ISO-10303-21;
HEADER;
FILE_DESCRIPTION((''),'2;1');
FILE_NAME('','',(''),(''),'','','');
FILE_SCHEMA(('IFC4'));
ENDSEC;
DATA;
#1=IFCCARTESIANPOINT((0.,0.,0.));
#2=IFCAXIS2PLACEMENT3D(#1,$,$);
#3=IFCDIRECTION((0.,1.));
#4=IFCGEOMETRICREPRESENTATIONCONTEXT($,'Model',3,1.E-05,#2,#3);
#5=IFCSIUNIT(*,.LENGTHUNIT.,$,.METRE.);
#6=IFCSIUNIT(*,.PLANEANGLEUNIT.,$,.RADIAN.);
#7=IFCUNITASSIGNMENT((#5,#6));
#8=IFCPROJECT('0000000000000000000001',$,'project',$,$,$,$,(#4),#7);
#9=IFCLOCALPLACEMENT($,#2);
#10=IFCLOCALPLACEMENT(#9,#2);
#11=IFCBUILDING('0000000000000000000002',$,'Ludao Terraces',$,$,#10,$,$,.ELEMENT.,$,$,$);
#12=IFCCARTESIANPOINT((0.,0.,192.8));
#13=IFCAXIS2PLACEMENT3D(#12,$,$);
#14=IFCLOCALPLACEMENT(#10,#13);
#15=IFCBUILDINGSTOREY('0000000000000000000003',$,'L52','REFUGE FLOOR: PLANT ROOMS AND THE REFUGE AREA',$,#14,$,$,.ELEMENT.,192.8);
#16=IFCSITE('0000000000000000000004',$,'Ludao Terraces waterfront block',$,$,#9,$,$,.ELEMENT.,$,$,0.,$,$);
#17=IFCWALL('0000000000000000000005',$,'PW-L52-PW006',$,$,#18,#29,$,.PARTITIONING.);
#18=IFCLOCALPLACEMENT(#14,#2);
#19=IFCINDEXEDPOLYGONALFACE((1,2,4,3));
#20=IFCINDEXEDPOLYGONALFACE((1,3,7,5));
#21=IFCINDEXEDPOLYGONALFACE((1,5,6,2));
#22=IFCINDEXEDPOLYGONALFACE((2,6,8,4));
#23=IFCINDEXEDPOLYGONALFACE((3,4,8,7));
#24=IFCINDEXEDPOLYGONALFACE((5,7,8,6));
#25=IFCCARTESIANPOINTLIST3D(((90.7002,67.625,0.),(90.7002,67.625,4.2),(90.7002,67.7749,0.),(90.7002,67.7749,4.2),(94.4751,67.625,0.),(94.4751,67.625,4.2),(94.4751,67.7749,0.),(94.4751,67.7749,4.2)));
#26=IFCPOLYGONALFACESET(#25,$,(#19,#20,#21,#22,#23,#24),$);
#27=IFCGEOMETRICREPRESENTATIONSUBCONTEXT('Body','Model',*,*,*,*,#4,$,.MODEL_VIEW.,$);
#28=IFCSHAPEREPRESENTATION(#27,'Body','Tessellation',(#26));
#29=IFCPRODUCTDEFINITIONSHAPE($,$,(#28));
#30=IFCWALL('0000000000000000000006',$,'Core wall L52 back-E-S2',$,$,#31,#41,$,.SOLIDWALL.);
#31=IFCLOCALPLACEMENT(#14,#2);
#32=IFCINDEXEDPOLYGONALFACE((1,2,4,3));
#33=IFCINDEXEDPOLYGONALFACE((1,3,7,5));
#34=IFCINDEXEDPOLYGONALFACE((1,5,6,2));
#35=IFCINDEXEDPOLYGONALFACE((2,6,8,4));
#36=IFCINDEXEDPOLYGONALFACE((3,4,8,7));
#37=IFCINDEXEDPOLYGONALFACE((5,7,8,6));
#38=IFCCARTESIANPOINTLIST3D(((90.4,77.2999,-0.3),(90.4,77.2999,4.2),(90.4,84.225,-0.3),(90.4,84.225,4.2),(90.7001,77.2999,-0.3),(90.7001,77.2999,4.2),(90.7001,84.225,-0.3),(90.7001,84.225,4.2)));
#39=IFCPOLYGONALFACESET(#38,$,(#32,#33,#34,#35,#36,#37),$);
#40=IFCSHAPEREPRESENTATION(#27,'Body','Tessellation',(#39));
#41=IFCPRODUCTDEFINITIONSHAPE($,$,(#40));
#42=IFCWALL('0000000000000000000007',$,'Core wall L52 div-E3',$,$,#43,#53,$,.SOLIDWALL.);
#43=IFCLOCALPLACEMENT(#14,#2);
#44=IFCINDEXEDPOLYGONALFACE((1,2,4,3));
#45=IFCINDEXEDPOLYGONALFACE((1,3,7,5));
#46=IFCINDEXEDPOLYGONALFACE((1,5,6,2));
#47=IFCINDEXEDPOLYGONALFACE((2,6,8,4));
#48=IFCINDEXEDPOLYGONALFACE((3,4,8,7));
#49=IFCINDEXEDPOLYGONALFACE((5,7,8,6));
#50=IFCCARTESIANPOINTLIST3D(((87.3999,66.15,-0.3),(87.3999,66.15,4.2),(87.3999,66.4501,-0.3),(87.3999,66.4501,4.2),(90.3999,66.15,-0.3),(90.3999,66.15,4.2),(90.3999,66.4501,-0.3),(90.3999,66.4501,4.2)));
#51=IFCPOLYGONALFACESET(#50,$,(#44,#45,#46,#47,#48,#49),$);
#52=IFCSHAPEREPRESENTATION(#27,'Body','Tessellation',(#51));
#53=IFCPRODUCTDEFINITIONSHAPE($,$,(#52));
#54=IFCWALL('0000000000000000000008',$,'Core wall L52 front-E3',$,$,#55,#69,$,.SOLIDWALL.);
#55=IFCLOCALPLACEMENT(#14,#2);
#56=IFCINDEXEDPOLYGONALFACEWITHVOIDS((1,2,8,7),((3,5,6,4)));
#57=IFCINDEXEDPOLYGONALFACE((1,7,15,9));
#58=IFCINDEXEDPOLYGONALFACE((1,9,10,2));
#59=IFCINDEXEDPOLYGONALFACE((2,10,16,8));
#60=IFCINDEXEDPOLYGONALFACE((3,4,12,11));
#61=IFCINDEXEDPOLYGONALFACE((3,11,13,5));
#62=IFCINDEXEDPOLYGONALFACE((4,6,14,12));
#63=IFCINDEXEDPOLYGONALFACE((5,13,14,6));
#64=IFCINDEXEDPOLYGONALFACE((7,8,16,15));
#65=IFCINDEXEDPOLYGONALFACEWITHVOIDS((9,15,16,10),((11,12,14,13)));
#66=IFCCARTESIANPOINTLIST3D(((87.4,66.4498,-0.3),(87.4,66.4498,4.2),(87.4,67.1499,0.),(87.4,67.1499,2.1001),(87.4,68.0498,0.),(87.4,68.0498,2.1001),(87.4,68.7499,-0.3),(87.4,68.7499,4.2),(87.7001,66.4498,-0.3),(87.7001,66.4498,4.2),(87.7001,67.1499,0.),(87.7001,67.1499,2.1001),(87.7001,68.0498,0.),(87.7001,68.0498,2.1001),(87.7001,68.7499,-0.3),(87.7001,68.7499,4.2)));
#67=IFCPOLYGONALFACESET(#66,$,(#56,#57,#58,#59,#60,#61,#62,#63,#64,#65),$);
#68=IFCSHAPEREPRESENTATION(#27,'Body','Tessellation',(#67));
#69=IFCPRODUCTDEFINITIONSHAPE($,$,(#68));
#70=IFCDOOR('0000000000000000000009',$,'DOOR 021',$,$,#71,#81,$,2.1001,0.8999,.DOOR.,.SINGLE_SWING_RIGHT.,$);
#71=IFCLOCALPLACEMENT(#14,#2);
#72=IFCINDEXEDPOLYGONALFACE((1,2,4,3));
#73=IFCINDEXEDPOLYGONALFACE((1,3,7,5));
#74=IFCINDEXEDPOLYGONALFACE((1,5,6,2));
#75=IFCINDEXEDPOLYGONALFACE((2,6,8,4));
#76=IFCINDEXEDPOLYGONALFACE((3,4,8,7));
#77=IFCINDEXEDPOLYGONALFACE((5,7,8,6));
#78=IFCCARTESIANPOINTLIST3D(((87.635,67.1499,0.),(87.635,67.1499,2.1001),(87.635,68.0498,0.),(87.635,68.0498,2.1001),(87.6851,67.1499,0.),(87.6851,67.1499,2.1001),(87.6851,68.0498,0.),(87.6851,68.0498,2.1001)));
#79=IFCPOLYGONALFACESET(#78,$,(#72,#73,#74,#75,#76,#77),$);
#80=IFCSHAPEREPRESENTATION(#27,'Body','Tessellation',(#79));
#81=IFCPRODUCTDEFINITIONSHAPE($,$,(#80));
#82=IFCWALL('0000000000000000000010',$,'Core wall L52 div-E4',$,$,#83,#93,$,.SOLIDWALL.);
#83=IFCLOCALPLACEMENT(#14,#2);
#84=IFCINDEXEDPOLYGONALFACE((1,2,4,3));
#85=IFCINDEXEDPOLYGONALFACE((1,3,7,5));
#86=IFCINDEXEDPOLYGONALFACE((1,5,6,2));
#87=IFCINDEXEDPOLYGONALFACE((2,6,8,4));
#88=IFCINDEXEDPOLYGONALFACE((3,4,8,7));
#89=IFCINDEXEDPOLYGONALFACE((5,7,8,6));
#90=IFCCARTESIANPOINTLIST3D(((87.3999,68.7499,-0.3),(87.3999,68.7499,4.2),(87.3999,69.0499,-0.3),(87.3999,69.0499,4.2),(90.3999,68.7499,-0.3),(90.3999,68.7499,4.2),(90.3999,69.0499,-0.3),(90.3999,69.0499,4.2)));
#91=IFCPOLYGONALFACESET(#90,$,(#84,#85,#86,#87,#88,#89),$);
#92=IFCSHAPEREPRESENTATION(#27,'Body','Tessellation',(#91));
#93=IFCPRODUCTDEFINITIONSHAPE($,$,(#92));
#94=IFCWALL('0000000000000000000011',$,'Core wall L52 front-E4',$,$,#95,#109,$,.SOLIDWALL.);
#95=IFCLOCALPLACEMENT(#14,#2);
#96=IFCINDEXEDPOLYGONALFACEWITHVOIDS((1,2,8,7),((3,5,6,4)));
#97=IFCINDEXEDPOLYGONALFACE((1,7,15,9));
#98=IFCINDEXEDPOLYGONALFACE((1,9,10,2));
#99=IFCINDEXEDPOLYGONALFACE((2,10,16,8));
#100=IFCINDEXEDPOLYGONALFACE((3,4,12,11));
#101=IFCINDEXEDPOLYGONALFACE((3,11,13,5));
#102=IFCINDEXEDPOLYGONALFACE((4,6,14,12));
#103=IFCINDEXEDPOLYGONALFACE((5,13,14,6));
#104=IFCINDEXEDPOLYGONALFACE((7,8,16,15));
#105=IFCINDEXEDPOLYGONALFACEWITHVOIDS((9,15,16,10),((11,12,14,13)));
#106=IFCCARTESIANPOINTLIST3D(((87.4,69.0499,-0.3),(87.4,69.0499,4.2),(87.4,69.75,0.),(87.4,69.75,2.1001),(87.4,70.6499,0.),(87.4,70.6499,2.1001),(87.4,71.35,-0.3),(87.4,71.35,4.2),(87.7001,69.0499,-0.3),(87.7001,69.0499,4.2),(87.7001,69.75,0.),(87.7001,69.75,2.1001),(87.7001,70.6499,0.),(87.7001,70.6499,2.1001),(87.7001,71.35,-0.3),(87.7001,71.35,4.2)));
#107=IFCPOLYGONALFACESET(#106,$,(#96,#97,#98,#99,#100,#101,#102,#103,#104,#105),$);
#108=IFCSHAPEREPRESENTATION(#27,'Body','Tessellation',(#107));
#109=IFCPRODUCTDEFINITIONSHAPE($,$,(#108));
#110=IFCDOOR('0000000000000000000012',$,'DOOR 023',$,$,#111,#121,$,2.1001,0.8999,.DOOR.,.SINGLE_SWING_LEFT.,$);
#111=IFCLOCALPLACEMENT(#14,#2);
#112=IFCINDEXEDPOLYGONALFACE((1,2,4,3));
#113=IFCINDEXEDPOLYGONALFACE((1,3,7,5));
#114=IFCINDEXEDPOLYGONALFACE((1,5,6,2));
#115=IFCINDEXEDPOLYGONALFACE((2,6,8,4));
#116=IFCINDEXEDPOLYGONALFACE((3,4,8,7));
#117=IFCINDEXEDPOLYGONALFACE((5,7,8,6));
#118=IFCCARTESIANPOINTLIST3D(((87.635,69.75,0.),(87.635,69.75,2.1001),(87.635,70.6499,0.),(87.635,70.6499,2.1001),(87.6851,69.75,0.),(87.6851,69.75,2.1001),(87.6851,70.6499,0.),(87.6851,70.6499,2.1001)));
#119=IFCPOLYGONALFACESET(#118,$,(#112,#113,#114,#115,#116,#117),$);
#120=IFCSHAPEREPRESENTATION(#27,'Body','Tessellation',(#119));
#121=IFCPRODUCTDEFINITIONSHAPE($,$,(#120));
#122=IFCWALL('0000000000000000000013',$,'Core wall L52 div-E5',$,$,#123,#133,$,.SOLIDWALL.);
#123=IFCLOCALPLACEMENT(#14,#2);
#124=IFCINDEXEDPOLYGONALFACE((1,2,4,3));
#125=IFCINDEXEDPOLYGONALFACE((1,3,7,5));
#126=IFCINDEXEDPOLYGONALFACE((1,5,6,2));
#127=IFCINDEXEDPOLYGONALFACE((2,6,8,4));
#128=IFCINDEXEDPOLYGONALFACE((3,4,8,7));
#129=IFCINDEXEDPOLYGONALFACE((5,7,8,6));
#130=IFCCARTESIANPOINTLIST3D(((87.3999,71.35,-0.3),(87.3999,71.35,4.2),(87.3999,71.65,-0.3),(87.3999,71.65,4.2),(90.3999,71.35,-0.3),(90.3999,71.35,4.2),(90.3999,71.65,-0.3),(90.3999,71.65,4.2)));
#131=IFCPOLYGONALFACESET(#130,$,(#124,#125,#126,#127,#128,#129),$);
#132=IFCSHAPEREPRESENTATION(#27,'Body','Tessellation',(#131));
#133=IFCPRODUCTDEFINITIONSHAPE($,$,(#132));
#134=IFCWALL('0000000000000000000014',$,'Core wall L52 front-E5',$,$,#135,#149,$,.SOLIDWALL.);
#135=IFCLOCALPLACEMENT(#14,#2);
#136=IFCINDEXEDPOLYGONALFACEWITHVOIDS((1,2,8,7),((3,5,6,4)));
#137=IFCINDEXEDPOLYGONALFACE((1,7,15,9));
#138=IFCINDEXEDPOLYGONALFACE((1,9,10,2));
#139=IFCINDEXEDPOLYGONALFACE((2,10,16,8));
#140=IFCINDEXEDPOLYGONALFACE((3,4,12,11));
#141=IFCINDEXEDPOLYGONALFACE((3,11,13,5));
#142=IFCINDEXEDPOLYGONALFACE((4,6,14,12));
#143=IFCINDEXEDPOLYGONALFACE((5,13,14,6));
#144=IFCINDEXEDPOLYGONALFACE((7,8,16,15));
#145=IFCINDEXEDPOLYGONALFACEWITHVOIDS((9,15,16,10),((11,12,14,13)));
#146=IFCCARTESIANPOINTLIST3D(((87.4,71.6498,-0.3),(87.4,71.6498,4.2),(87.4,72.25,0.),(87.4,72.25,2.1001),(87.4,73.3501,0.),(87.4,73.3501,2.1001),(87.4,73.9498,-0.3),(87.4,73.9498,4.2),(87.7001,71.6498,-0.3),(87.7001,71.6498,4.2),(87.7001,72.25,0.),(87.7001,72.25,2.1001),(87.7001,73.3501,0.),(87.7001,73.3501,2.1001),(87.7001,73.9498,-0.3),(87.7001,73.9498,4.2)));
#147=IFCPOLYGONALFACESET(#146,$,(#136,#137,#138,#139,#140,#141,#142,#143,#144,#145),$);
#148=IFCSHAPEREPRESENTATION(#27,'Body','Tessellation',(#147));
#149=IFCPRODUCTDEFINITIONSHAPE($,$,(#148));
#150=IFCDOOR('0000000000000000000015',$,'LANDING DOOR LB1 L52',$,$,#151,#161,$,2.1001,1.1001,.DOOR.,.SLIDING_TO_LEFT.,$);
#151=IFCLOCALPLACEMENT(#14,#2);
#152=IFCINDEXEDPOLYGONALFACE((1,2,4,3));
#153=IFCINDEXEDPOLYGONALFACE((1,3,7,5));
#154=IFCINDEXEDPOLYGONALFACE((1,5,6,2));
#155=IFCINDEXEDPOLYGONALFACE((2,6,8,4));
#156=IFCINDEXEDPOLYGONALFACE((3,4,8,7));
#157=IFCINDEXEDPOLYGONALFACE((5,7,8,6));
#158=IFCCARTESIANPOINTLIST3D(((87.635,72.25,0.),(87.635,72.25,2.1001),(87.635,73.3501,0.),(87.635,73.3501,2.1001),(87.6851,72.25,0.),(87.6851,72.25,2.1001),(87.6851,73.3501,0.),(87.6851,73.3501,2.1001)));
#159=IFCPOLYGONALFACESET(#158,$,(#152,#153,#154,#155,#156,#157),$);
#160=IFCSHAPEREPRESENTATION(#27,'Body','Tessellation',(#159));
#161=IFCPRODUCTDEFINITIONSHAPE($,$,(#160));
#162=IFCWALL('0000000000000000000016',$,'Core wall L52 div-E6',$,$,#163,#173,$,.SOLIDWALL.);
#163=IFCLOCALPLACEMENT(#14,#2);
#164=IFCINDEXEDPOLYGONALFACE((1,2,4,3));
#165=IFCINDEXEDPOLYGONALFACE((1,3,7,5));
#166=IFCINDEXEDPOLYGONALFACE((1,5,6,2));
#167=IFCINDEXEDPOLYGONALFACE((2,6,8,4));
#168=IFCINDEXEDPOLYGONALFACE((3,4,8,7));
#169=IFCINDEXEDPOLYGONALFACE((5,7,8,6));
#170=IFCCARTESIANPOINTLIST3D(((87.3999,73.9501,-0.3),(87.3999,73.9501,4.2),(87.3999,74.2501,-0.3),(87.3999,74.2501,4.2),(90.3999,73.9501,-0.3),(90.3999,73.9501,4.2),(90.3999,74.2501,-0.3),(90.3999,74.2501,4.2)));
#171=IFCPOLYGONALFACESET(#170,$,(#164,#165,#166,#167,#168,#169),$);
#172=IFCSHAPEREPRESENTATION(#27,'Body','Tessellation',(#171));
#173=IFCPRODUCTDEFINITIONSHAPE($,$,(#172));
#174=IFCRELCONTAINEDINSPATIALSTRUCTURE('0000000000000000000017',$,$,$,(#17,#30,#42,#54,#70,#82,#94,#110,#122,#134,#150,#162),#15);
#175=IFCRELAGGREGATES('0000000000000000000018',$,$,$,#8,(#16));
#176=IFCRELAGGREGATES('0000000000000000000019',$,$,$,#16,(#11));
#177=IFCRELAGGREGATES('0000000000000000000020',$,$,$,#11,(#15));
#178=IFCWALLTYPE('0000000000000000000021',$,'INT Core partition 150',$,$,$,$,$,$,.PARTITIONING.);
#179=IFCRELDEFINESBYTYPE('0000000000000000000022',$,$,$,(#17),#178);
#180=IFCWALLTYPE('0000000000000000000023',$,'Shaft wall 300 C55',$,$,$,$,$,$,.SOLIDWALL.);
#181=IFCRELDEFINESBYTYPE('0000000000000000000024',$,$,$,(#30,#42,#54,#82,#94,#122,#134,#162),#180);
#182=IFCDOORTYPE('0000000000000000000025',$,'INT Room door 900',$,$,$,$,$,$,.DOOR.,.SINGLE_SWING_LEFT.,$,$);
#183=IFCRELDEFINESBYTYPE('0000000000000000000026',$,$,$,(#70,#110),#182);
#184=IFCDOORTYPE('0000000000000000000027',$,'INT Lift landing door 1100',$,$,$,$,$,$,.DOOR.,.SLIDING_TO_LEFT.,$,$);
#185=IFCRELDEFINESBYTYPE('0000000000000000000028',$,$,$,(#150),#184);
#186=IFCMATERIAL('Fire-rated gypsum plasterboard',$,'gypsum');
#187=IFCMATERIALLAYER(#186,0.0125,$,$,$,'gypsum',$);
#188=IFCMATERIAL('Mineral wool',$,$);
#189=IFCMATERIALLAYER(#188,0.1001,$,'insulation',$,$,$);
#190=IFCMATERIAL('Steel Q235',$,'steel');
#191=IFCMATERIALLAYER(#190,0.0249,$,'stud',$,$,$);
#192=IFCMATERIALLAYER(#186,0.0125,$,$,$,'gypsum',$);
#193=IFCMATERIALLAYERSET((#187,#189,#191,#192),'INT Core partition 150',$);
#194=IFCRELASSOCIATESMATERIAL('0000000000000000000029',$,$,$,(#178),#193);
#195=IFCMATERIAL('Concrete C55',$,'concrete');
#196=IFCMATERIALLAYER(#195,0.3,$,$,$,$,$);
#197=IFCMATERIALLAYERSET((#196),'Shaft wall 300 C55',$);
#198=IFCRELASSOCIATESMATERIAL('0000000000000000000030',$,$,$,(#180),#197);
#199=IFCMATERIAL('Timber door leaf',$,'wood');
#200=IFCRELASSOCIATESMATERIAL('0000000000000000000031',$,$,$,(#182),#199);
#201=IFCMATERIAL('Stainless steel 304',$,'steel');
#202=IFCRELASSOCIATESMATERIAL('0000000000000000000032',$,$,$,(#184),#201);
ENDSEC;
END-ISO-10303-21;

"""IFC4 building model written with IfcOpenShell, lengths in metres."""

from ifc_helpers import new_model, si_unit, direction, frame, frame_2d, origin, place, context, subcontext, project, spatial, rectangle, extrude, material, layer, layer_set, type_object, element, fill, save


model = new_model("IFC4")

# Units and contexts
model_context = context("Model", 3, precision=1e-05, world=origin(), true_north=direction((0.0, 1.0)))
body_context = subcontext(model_context, "Body", "Model", "MODEL_VIEW")
ifc_project = project(units=[si_unit("LENGTHUNIT", "METRE"), si_unit("PLANEANGLEUNIT", "RADIAN")], contexts=[model_context])

# Site, building, storey
site_placement = place(None, origin())
site = spatial("IfcSite", under=ifc_project, at=site_placement, Name="Ludao Terraces waterfront block", CompositionType="ELEMENT", RefElevation=0.0)
building_placement = place(site_placement, origin())
building = spatial("IfcBuilding", under=site, at=building_placement, Name="Ludao Terraces", CompositionType="ELEMENT")
storey_placement = place(building_placement, frame((0.0, 0.0, 192.8)))
storey = spatial("IfcBuildingStorey", under=building, at=storey_placement, Name="L52", Description="REFUGE FLOOR: PLANT ROOMS AND THE REFUGE AREA", CompositionType="ELEMENT", Elevation=192.8)

# Walls
ifc_material_1 = material(Name="Fire-rated gypsum plasterboard", Category="gypsum")
ifc_layer_1 = layer(ifc_material_1, 0.0125, Category="gypsum")
ifc_material_2 = material(Name="Mineral wool")
ifc_layer_2 = layer(ifc_material_2, 0.1001, Name="insulation")
ifc_material_3 = material(Name="Steel Q235", Category="steel")
ifc_layer_3 = layer(ifc_material_3, 0.0249, Name="stud")
ifc_layer_4 = layer(ifc_material_1, 0.0125, Category="gypsum")
ifc_layer_set_1 = layer_set([ifc_layer_1, ifc_layer_2, ifc_layer_3, ifc_layer_4], Name="INT Core partition 150")
wall_type_1 = type_object("IfcWallType", Name="INT Core partition 150", PredefinedType="PARTITIONING", material=ifc_layer_set_1)
wall_1_placement = place(storey_placement, frame((90.7002, 67.7, 0.0), z_axis=(0.0, 0.0, 1.0), x_axis=(1.0, 0.0, 0.0)))
element("IfcWall", 1, at=wall_1_placement, inside=storey, type_object=wall_type_1, Name="PW-L52-PW006", PredefinedType="PARTITIONING", context=body_context, shape_type="SweptSolid", body=[
    extrude(rectangle(XDim=3.7749, YDim=0.1499, at=frame_2d((1.8875, 0.0))), origin(), (0.0, 0.0, 1.0), 4.2),
])
ifc_material_4 = material(Name="Concrete C55", Category="concrete")
ifc_layer_5 = layer(ifc_material_4, 0.3)
ifc_layer_set_2 = layer_set([ifc_layer_5], Name="Shaft wall 300 C55")
wall_type_2 = type_object("IfcWallType", Name="Shaft wall 300 C55", PredefinedType="SOLIDWALL", material=ifc_layer_set_2)
wall_2_placement = place(storey_placement, frame((90.55, 77.3, -0.3), z_axis=(0.0, 0.0, 1.0), x_axis=(0.0, 1.0, 0.0)))
element("IfcWall", 2, at=wall_2_placement, inside=storey, type_object=wall_type_2, Name="Core wall L52 back-E-S2", PredefinedType="SOLIDWALL", context=body_context, shape_type="SweptSolid", body=[
    extrude(rectangle(XDim=6.925, YDim=0.3, at=frame_2d((3.4624, 0.0))), origin(), (0.0, 0.0, 1.0), 4.5),
])
wall_3_placement = place(storey_placement, frame((87.3999, 66.3, -0.3), z_axis=(0.0, 0.0, 1.0), x_axis=(1.0, 0.0, 0.0)))
element("IfcWall", 3, at=wall_3_placement, inside=storey, type_object=wall_type_2, Name="Core wall L52 div-E3", PredefinedType="SOLIDWALL", context=body_context, shape_type="SweptSolid", body=[
    extrude(rectangle(XDim=3.0, YDim=0.3, at=frame_2d((1.5, 0.0))), origin(), (0.0, 0.0, 1.0), 4.5),
])

# Wall, opening, door
wall_4_placement = place(storey_placement, frame((87.55, 66.45, -0.3), z_axis=(0.0, 0.0, 1.0), x_axis=(0.0, 1.0, 0.0)))
wall_4 = element("IfcWall", 4, at=wall_4_placement, inside=storey, type_object=wall_type_2, Name="Core wall L52 front-E3", PredefinedType="SOLIDWALL", context=body_context, shape_type="SweptSolid", body=[
    extrude(rectangle(XDim=2.3, YDim=0.3, at=frame_2d((1.1499, 0.0))), origin(), (0.0, 0.0, 1.0), 4.5),
])
opening_1_placement = place(wall_4_placement, frame((0.7, 0.0, 0.3)))
opening_1 = element("IfcOpeningElement", 5, at=opening_1_placement, cuts=wall_4, PredefinedType="OPENING", context=body_context, shape_type="SweptSolid", body=[
    extrude(rectangle(XDim=0.8999, YDim=2.1001, at=frame_2d((0.45, 1.05))), frame((0.0, 0.1602, 0.0), z_axis=(0.0, -1.0, 0.0), x_axis=(1.0, 0.0, 0.0)), (0.0, 0.0, 1.0), 0.3201),
])
ifc_material_5 = material(Name="Timber door leaf", Category="wood")
door_type_1 = type_object("IfcDoorType", Name="INT Room door 900", OperationType="SINGLE_SWING_LEFT", PredefinedType="DOOR", material=ifc_material_5)
door_1_placement = place(opening_1_placement, origin())
door_1 = element("IfcDoor", 6, at=door_1_placement, inside=storey, type_object=door_type_1, Name="DOOR 021", OperationType="SINGLE_SWING_RIGHT", OverallHeight=2.1001, OverallWidth=0.8999, PredefinedType="DOOR", context=body_context, shape_type="SweptSolid", body=[
    extrude(rectangle(XDim=0.8999, YDim=2.1001, at=frame_2d((0.45, 1.05))), frame((0.0, -0.085, 0.0), z_axis=(0.0, -1.0, 0.0), x_axis=(1.0, 0.0, 0.0)), (0.0, 0.0, 1.0), 0.05),
])
fill(opening_1, door_1)

# Wall
wall_5_placement = place(storey_placement, frame((87.3999, 68.8999, -0.3), z_axis=(0.0, 0.0, 1.0), x_axis=(1.0, 0.0, 0.0)))
element("IfcWall", 7, at=wall_5_placement, inside=storey, type_object=wall_type_2, Name="Core wall L52 div-E4", PredefinedType="SOLIDWALL", context=body_context, shape_type="SweptSolid", body=[
    extrude(rectangle(XDim=3.0, YDim=0.3, at=frame_2d((1.5, 0.0))), origin(), (0.0, 0.0, 1.0), 4.5),
])

# Wall, opening, door
wall_6_placement = place(storey_placement, frame((87.55, 69.05, -0.3), z_axis=(0.0, 0.0, 1.0), x_axis=(0.0, 1.0, 0.0)))
wall_6 = element("IfcWall", 8, at=wall_6_placement, inside=storey, type_object=wall_type_2, Name="Core wall L52 front-E4", PredefinedType="SOLIDWALL", context=body_context, shape_type="SweptSolid", body=[
    extrude(rectangle(XDim=2.3, YDim=0.3, at=frame_2d((1.1499, 0.0))), origin(), (0.0, 0.0, 1.0), 4.5),
])
opening_2_placement = place(wall_6_placement, frame((0.7, 0.0, 0.3)))
opening_2 = element("IfcOpeningElement", 9, at=opening_2_placement, cuts=wall_6, PredefinedType="OPENING", context=body_context, shape_type="SweptSolid", body=[
    extrude(rectangle(XDim=0.8999, YDim=2.1001, at=frame_2d((0.45, 1.05))), frame((0.0, 0.1602, 0.0), z_axis=(0.0, -1.0, 0.0), x_axis=(1.0, 0.0, 0.0)), (0.0, 0.0, 1.0), 0.3201),
])
door_2_placement = place(opening_2_placement, origin())
door_2 = element("IfcDoor", 10, at=door_2_placement, inside=storey, type_object=door_type_1, Name="DOOR 023", OperationType="SINGLE_SWING_LEFT", OverallHeight=2.1001, OverallWidth=0.8999, PredefinedType="DOOR", context=body_context, shape_type="SweptSolid", body=[
    extrude(rectangle(XDim=0.8999, YDim=2.1001, at=frame_2d((0.45, 1.05))), frame((0.0, -0.085, 0.0), z_axis=(0.0, -1.0, 0.0), x_axis=(1.0, 0.0, 0.0)), (0.0, 0.0, 1.0), 0.05),
])
fill(opening_2, door_2)

# Wall
wall_7_placement = place(storey_placement, frame((87.3999, 71.5, -0.3), z_axis=(0.0, 0.0, 1.0), x_axis=(1.0, 0.0, 0.0)))
element("IfcWall", 11, at=wall_7_placement, inside=storey, type_object=wall_type_2, Name="Core wall L52 div-E5", PredefinedType="SOLIDWALL", context=body_context, shape_type="SweptSolid", body=[
    extrude(rectangle(XDim=3.0, YDim=0.3, at=frame_2d((1.5, 0.0))), origin(), (0.0, 0.0, 1.0), 4.5),
])

# Wall, opening, door
wall_8_placement = place(storey_placement, frame((87.55, 71.6499, -0.3), z_axis=(0.0, 0.0, 1.0), x_axis=(0.0, 1.0, 0.0)))
wall_8 = element("IfcWall", 12, at=wall_8_placement, inside=storey, type_object=wall_type_2, Name="Core wall L52 front-E5", PredefinedType="SOLIDWALL", context=body_context, shape_type="SweptSolid", body=[
    extrude(rectangle(XDim=2.3, YDim=0.3, at=frame_2d((1.1499, 0.0))), origin(), (0.0, 0.0, 1.0), 4.5),
])
opening_3_placement = place(wall_8_placement, frame((0.6001, 0.0, 0.3)))
opening_3 = element("IfcOpeningElement", 13, at=opening_3_placement, cuts=wall_8, PredefinedType="OPENING", context=body_context, shape_type="SweptSolid", body=[
    extrude(rectangle(XDim=1.1001, YDim=2.1001, at=frame_2d((0.55, 1.05))), frame((0.0, 0.1602, 0.0), z_axis=(0.0, -1.0, 0.0), x_axis=(1.0, 0.0, 0.0)), (0.0, 0.0, 1.0), 0.3201),
])
ifc_material_6 = material(Name="Stainless steel 304", Category="steel")
door_type_2 = type_object("IfcDoorType", Name="INT Lift landing door 1100", OperationType="SLIDING_TO_LEFT", PredefinedType="DOOR", material=ifc_material_6)
door_3_placement = place(opening_3_placement, origin())
door_3 = element("IfcDoor", 14, at=door_3_placement, inside=storey, type_object=door_type_2, Name="LANDING DOOR LB1 L52", OperationType="SLIDING_TO_LEFT", OverallHeight=2.1001, OverallWidth=1.1001, PredefinedType="DOOR", context=body_context, shape_type="SweptSolid", body=[
    extrude(rectangle(XDim=1.1001, YDim=2.1001, at=frame_2d((0.55, 1.05))), frame((0.0, -0.085, 0.0), z_axis=(0.0, -1.0, 0.0), x_axis=(1.0, 0.0, 0.0)), (0.0, 0.0, 1.0), 0.05),
])
fill(opening_3, door_3)

# Wall
wall_9_placement = place(storey_placement, frame((87.3999, 74.1001, -0.3), z_axis=(0.0, 0.0, 1.0), x_axis=(1.0, 0.0, 0.0)))
element("IfcWall", 15, at=wall_9_placement, inside=storey, type_object=wall_type_2, Name="Core wall L52 div-E6", PredefinedType="SOLIDWALL", context=body_context, shape_type="SweptSolid", body=[
    extrude(rectangle(XDim=3.0, YDim=0.3, at=frame_2d((1.5, 0.0))), origin(), (0.0, 0.0, 1.0), 4.5),
])

save(model, "model.ifc")
